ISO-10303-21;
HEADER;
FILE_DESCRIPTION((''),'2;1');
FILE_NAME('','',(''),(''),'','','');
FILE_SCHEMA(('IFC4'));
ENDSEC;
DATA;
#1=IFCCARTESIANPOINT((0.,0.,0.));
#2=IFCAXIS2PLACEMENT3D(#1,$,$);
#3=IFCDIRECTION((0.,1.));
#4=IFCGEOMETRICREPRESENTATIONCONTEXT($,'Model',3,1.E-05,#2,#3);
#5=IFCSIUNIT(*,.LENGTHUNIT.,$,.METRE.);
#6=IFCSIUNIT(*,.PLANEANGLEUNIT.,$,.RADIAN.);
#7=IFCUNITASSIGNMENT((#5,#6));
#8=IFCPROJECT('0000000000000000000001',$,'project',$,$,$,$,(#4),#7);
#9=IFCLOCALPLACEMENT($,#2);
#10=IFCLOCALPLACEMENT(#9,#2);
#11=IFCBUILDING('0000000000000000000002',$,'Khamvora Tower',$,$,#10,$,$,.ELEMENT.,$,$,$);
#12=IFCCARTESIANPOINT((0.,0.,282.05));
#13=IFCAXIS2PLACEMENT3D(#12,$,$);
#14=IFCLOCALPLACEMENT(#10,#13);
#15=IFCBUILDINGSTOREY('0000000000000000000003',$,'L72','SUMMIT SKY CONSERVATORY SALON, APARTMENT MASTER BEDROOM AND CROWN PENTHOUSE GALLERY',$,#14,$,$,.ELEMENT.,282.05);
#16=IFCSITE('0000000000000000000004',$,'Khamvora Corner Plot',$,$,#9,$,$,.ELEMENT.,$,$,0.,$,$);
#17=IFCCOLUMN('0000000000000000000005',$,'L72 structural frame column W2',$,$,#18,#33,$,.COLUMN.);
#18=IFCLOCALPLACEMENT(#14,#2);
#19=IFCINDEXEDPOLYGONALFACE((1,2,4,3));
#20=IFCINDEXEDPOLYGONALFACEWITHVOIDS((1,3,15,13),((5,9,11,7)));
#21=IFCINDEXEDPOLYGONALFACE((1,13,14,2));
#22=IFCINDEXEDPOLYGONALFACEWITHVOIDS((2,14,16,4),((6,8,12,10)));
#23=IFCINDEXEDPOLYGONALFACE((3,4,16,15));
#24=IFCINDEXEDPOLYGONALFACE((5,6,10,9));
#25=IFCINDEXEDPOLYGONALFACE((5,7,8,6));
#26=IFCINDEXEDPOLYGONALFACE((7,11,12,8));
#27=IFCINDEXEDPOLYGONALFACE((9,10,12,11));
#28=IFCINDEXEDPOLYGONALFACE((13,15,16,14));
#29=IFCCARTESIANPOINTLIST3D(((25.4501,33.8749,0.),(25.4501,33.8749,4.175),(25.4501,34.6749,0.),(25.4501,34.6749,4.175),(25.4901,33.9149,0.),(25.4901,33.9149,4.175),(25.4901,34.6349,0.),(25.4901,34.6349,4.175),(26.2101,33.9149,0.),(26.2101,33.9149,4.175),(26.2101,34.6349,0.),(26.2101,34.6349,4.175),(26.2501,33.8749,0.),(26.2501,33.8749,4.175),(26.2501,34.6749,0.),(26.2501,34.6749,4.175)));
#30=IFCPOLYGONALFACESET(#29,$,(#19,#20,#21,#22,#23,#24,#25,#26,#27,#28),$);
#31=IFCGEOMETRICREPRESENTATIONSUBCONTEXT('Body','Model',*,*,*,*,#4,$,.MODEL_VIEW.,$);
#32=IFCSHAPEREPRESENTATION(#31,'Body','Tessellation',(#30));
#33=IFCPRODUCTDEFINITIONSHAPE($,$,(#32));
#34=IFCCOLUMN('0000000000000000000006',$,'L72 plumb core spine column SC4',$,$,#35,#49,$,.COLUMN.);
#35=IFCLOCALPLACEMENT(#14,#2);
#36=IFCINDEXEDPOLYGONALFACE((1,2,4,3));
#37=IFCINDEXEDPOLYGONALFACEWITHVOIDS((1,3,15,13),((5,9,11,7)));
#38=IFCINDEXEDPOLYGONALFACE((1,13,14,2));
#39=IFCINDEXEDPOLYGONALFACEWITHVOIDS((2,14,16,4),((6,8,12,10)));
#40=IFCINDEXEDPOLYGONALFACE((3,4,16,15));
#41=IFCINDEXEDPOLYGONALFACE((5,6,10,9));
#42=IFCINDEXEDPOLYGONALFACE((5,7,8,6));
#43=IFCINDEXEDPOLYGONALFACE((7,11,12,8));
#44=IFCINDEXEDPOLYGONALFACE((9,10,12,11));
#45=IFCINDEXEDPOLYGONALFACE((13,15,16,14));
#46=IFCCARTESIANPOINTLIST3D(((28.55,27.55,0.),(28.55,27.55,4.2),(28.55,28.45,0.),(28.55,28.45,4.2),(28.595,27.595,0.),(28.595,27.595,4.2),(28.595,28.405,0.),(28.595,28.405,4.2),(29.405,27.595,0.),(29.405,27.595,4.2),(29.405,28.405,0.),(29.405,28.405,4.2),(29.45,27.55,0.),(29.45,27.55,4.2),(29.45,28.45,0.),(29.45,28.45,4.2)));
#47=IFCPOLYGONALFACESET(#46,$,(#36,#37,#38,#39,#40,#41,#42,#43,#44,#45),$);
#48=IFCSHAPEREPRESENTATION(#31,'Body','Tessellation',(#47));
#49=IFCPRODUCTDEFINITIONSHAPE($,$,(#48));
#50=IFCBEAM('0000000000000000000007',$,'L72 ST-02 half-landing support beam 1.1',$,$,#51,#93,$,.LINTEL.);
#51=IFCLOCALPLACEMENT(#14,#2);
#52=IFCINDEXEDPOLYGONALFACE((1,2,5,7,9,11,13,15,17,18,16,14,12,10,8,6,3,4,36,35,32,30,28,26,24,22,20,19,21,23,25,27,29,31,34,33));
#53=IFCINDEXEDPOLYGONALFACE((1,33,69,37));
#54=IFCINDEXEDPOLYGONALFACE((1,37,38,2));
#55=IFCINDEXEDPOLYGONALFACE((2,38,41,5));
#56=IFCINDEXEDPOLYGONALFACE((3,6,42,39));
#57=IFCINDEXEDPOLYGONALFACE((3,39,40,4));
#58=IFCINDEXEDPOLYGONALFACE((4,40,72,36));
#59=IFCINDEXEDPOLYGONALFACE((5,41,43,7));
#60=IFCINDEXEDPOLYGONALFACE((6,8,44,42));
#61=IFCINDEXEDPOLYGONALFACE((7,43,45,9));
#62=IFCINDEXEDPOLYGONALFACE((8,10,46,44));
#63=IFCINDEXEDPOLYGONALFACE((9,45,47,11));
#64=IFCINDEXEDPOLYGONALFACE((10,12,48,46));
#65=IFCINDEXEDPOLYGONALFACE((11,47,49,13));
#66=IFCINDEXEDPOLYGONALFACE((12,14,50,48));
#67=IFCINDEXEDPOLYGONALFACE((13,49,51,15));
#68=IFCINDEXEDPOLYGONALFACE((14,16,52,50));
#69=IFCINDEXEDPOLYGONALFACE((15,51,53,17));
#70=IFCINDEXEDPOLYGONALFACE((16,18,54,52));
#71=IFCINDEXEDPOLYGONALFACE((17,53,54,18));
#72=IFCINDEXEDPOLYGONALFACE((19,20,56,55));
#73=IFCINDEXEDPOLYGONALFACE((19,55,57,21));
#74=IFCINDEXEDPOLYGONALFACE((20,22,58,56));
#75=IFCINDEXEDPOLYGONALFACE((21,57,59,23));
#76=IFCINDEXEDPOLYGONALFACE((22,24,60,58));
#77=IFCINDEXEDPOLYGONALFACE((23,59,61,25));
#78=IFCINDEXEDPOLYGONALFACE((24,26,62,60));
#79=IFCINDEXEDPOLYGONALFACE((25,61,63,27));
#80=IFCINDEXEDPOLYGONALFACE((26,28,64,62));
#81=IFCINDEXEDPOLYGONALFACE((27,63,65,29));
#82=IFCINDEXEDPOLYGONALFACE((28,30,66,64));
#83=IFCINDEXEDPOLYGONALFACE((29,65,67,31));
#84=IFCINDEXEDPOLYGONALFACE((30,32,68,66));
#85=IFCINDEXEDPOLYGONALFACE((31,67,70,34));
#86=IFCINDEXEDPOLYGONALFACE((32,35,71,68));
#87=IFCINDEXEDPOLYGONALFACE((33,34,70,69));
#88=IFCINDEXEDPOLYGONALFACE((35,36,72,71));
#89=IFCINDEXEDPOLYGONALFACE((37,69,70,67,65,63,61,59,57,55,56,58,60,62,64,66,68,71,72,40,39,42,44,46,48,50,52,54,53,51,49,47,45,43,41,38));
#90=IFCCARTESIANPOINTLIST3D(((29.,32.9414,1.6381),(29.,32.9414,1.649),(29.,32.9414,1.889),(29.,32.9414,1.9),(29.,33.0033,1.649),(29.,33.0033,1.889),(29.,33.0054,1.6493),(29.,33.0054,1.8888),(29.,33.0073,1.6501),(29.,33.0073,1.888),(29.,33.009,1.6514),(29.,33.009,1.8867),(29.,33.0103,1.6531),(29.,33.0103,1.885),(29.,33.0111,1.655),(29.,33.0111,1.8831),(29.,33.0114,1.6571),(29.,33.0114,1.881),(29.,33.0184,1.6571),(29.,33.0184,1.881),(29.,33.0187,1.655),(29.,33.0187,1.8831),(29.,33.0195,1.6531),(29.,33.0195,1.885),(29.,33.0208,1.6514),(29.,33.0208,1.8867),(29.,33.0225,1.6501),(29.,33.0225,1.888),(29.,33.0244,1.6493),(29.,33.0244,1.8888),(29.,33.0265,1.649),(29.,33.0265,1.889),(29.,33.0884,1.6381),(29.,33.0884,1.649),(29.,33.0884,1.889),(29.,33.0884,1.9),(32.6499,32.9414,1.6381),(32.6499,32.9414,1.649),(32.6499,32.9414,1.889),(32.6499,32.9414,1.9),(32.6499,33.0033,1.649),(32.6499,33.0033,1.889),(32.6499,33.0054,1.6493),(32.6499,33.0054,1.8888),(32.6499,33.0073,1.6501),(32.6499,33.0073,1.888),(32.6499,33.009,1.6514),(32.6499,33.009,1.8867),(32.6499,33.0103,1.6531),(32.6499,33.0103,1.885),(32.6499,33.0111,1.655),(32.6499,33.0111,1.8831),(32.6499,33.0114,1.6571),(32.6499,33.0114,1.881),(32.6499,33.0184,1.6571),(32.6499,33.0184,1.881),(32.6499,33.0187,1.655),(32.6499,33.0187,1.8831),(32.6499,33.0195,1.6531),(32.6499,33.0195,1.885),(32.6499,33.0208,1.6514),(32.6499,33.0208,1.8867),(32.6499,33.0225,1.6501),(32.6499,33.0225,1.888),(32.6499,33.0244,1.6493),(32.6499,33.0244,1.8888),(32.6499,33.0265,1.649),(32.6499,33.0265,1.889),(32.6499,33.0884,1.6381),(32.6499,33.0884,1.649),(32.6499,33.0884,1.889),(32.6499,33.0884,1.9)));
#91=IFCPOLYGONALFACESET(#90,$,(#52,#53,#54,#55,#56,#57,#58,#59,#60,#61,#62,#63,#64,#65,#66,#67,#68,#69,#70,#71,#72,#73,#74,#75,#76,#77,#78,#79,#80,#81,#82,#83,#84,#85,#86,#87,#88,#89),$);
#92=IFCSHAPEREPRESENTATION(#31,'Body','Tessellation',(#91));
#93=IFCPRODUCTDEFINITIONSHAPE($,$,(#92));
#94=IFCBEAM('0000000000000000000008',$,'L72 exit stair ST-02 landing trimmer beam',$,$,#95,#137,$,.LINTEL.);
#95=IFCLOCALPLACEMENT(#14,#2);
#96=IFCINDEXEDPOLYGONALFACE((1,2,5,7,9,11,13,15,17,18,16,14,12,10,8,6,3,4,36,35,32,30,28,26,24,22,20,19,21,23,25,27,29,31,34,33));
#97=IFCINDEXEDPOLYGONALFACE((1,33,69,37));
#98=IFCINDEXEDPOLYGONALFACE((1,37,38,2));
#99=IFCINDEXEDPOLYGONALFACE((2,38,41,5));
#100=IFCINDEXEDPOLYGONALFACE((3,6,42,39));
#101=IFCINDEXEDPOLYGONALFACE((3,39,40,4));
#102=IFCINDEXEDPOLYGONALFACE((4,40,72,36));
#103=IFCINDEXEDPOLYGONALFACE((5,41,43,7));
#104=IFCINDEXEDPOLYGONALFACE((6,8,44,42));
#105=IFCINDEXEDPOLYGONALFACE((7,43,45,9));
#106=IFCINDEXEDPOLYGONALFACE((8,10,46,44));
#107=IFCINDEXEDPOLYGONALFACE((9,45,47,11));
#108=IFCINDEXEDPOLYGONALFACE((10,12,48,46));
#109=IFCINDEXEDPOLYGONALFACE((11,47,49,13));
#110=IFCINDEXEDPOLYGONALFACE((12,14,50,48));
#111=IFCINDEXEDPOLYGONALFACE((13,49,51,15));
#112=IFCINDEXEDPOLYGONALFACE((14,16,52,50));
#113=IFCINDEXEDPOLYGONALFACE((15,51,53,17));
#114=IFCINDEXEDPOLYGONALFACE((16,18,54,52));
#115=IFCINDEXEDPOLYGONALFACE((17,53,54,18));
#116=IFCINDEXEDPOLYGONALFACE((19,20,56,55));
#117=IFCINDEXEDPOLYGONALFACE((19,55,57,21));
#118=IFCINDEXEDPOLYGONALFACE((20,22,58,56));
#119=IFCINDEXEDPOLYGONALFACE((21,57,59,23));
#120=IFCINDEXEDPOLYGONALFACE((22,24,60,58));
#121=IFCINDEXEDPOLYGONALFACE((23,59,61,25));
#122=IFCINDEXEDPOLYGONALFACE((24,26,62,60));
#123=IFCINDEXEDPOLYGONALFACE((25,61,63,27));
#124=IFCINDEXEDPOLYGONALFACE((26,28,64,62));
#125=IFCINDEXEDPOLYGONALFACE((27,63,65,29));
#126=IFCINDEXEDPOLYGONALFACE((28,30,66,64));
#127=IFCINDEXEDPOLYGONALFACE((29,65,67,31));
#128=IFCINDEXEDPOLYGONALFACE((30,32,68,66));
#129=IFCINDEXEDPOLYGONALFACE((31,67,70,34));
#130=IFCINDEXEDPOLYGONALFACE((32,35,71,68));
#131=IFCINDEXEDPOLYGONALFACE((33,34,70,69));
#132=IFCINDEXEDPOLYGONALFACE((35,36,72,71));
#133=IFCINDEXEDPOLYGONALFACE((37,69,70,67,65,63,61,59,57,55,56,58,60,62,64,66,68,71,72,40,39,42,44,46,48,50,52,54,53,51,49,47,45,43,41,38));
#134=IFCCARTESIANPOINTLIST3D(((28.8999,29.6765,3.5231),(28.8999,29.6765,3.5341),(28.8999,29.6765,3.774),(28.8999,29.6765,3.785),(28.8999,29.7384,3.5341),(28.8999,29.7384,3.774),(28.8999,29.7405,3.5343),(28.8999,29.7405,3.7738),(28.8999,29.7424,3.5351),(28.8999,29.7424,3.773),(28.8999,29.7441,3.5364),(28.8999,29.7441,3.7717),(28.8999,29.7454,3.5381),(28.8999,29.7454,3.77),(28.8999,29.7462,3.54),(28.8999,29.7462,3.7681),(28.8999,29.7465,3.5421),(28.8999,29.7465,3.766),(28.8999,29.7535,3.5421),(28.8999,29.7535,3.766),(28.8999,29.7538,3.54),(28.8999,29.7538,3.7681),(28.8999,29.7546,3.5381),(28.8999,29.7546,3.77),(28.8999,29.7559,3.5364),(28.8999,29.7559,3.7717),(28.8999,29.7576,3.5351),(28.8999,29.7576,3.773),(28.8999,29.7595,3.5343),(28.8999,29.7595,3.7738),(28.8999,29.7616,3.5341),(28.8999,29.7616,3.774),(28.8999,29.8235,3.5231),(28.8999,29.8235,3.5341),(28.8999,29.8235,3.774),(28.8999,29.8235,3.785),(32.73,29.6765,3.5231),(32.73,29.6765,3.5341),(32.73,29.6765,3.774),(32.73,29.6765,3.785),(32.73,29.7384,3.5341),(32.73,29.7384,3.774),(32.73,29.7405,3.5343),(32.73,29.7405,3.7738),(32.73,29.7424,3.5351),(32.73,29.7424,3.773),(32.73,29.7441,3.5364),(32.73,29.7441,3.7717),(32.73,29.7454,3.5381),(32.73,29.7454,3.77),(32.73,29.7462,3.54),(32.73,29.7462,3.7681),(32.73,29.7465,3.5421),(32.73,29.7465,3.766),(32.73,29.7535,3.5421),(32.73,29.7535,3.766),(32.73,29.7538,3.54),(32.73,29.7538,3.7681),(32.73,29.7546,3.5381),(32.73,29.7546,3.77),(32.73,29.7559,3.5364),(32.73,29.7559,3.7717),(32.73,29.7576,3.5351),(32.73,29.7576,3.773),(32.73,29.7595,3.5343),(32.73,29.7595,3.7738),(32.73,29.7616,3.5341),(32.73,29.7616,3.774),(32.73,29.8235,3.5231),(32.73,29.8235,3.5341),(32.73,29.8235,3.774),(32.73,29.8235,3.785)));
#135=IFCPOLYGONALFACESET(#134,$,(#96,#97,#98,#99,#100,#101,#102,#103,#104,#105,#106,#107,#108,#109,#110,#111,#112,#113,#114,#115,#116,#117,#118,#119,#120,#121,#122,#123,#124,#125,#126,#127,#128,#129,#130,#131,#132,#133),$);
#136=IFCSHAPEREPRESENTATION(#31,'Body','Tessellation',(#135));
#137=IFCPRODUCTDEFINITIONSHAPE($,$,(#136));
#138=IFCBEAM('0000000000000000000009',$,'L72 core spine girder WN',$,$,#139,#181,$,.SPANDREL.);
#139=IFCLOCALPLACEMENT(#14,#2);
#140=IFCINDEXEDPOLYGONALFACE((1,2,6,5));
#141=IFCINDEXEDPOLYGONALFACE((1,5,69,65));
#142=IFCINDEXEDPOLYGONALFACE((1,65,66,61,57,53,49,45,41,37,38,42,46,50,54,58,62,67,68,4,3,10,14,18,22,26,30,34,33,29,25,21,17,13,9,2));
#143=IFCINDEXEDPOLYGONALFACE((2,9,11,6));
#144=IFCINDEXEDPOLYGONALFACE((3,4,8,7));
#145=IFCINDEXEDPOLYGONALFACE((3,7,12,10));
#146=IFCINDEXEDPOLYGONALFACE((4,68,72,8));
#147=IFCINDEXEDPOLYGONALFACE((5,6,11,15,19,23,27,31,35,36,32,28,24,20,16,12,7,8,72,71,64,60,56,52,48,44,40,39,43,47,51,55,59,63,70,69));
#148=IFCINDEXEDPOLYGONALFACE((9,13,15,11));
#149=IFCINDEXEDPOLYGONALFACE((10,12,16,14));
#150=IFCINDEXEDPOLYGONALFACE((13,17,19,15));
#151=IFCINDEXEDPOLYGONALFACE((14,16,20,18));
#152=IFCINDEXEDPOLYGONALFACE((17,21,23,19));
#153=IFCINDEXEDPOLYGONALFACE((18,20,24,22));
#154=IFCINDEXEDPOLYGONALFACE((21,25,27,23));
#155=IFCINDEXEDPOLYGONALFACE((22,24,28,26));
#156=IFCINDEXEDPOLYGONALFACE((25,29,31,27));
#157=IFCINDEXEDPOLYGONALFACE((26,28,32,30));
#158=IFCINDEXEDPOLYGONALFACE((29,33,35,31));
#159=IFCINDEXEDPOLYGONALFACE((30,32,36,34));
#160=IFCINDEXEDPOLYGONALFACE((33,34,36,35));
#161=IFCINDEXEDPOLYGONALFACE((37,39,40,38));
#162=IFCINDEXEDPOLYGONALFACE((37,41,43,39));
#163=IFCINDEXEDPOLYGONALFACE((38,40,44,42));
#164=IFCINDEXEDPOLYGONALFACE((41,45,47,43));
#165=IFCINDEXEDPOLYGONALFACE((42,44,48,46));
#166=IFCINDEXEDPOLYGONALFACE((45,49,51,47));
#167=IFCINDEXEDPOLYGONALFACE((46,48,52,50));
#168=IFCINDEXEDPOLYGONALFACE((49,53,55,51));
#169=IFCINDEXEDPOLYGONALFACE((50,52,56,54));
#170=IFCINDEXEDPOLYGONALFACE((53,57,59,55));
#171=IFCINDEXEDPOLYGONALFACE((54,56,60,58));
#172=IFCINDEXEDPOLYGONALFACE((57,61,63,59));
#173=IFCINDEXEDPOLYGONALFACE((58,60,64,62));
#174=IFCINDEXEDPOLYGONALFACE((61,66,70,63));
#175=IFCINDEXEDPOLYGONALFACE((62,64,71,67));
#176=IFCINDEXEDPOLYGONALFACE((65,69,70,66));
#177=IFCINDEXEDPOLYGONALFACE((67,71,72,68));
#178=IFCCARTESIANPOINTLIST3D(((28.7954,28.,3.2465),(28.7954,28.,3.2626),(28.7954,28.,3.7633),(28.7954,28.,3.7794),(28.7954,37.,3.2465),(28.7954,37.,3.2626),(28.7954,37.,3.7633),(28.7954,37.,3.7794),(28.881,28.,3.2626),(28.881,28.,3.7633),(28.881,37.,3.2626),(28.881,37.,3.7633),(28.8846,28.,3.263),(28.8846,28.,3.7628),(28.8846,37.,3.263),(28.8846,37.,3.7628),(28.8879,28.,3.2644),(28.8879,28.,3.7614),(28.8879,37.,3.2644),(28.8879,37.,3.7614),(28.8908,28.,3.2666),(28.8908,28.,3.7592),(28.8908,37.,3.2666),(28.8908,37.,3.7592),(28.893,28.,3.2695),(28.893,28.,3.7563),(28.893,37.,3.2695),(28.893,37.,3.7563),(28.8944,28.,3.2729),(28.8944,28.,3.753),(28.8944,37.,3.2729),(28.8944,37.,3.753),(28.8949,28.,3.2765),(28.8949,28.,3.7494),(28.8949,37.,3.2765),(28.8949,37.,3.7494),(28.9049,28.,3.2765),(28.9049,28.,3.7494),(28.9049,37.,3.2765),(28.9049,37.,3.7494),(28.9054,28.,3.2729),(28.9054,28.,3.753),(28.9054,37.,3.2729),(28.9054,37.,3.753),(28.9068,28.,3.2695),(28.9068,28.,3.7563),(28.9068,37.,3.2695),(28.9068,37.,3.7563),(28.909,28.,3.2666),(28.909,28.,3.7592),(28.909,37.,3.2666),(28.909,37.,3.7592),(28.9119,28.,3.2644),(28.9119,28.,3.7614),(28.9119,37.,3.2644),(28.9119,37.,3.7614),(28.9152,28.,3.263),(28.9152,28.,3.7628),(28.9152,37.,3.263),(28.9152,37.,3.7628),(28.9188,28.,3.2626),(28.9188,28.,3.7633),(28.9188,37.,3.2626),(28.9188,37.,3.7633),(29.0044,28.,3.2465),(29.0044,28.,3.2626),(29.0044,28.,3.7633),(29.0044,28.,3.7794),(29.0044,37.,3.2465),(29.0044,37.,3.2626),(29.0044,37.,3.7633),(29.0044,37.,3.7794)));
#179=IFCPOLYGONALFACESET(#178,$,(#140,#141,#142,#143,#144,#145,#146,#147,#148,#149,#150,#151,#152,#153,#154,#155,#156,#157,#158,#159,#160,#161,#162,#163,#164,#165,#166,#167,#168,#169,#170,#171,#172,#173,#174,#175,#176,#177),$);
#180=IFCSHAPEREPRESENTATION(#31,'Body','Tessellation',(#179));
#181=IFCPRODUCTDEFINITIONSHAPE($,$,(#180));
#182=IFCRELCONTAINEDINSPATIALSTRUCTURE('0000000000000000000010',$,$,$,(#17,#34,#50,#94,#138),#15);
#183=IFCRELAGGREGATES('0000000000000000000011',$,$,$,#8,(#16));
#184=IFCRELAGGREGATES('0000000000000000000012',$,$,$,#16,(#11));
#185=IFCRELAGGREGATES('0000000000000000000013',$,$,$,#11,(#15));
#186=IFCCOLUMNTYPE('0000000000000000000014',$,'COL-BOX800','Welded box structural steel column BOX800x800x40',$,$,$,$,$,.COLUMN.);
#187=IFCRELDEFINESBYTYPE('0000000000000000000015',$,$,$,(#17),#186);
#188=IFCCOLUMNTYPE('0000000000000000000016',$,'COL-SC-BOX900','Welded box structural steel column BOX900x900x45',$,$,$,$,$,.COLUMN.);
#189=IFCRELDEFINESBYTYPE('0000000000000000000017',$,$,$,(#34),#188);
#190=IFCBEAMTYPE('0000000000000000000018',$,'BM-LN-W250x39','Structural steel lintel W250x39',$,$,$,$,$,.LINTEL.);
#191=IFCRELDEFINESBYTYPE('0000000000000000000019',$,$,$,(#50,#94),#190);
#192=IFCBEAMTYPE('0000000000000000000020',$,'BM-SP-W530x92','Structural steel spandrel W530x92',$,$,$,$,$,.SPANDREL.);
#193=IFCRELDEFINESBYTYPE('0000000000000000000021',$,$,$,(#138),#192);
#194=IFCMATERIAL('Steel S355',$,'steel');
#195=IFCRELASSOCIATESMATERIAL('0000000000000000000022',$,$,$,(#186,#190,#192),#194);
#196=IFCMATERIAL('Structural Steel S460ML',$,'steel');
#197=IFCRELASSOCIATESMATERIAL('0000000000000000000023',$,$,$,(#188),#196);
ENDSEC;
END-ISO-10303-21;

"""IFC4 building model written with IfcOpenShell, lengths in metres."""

from ifc_helpers import new_model, si_unit, direction, frame, origin, origin_2d, place, context, subcontext, project, spatial, hollow_rectangle, i_section, extrude, material, material_profile, profile_set, type_object, element, save


model = new_model("IFC4")

# Units and contexts
model_context = context("Model", 3, precision=1e-05, world=origin(), true_north=direction((0.0, 1.0)))
body_context = subcontext(model_context, "Body", "Model", "MODEL_VIEW")
ifc_project = project(units=[si_unit("LENGTHUNIT", "METRE"), si_unit("PLANEANGLEUNIT", "RADIAN")], contexts=[model_context])

# Site, building, storey
site_placement = place(None, origin())
site = spatial("IfcSite", under=ifc_project, at=site_placement, Name="Khamvora Corner Plot", CompositionType="ELEMENT", RefElevation=0.0)
building_placement = place(site_placement, origin())
building = spatial("IfcBuilding", under=site, at=building_placement, Name="Khamvora Tower", CompositionType="ELEMENT")
storey_placement = place(building_placement, frame((0.0, 0.0, 282.05)))
storey = spatial("IfcBuildingStorey", under=building, at=storey_placement, Name="L72", Description="SUMMIT SKY CONSERVATORY SALON, APARTMENT MASTER BEDROOM AND CROWN PENTHOUSE GALLERY", CompositionType="ELEMENT", Elevation=282.05)

# Columns
ifc_material_1 = material(Name="Steel S355", Category="steel")
ifc_material_profile_1 = material_profile(ifc_material_1, hollow_rectangle(XDim=0.8, YDim=0.8, WallThickness=0.04, at=origin_2d()), Name="BOX800x800x40")
ifc_profile_set_1 = profile_set([ifc_material_profile_1], Name="Steel S355")
column_type_1 = type_object("IfcColumnType", Name="COL-BOX800", Description="Welded box structural steel column BOX800x800x40", PredefinedType="COLUMN", material=ifc_profile_set_1)
column_1_placement = place(storey_placement, frame((25.8501, 34.2749, 0.0), z_axis=(0.0, 0.0, 1.0), x_axis=(1.0, 0.0, 0.0)))
element("IfcColumn", 1, at=column_1_placement, inside=storey, type_object=column_type_1, Name="L72 structural frame column W2", PredefinedType="COLUMN", context=body_context, shape_type="SweptSolid", body=[
    extrude(hollow_rectangle(XDim=0.8, YDim=0.8, WallThickness=0.04, at=origin_2d()), origin(), (0.0, 0.0, 1.0), 4.175),
])
ifc_material_2 = material(Name="Structural Steel S460ML", Category="steel")
ifc_material_profile_2 = material_profile(ifc_material_2, hollow_rectangle(XDim=0.8999, YDim=0.8999, WallThickness=0.0449, at=origin_2d()), Name="BOX900x900x45")
ifc_profile_set_2 = profile_set([ifc_material_profile_2], Name="Structural Steel S460ML")
column_type_2 = type_object("IfcColumnType", Name="COL-SC-BOX900", Description="Welded box structural steel column BOX900x900x45", PredefinedType="COLUMN", material=ifc_profile_set_2)
column_2_placement = place(storey_placement, frame((29.0, 28.0, 0.0), z_axis=(0.0, 0.0, 1.0), x_axis=(1.0, 0.0, 0.0)))
element("IfcColumn", 2, at=column_2_placement, inside=storey, type_object=column_type_2, Name="L72 plumb core spine column SC4", PredefinedType="COLUMN", context=body_context, shape_type="SweptSolid", body=[
    extrude(hollow_rectangle(XDim=0.8999, YDim=0.8999, WallThickness=0.0449, at=origin_2d()), origin(), (0.0, 0.0, 1.0), 4.2),
])

# Beams
ifc_material_profile_3 = material_profile(ifc_material_1, i_section(OverallWidth=0.147, OverallDepth=0.262, WebThickness=0.0071, FlangeThickness=0.011, FilletRadius=0.0081, at=origin_2d()), Name="W250x39")
ifc_profile_set_3 = profile_set([ifc_material_profile_3], Name="Steel S355")
beam_type_1 = type_object("IfcBeamType", Name="BM-LN-W250x39", Description="Structural steel lintel W250x39", PredefinedType="LINTEL", material=ifc_profile_set_3)
beam_1_placement = place(storey_placement, frame((29.0, 33.0149, 1.769), z_axis=(1.0, 0.0, 0.0), x_axis=(0.0, 1.0, 0.0)))
element("IfcBeam", 3, at=beam_1_placement, inside=storey, type_object=beam_type_1, Name="L72 ST-02 half-landing support beam 1.1", PredefinedType="LINTEL", context=body_context, shape_type="SweptSolid", body=[
    extrude(i_section(OverallWidth=0.147, OverallDepth=0.262, WebThickness=0.0071, FlangeThickness=0.011, FilletRadius=0.0081, at=origin_2d()), origin(), (0.0, 0.0, 1.0), 3.6499),
])
beam_2_placement = place(storey_placement, frame((28.8999, 29.75, 3.6541), z_axis=(1.0, 0.0, 0.0), x_axis=(0.0, 1.0, 0.0)))
element("IfcBeam", 4, at=beam_2_placement, inside=storey, type_object=beam_type_1, Name="L72 exit stair ST-02 landing trimmer beam", PredefinedType="LINTEL", context=body_context, shape_type="SweptSolid", body=[
    extrude(i_section(OverallWidth=0.147, OverallDepth=0.262, WebThickness=0.0071, FlangeThickness=0.011, FilletRadius=0.0081, at=origin_2d()), origin(), (0.0, 0.0, 1.0), 3.8301),
])
ifc_material_profile_4 = material_profile(ifc_material_1, i_section(OverallWidth=0.209, OverallDepth=0.533, WebThickness=0.01, FlangeThickness=0.0161, FilletRadius=0.0139, at=origin_2d()), Name="W530x92")
ifc_profile_set_4 = profile_set([ifc_material_profile_4], Name="Steel S355")
beam_type_2 = type_object("IfcBeamType", Name="BM-SP-W530x92", Description="Structural steel spandrel W530x92", PredefinedType="SPANDREL", material=ifc_profile_set_4)
beam_3_placement = place(storey_placement, frame((28.8999, 28.0, 3.5129), z_axis=(0.0, 1.0, 0.0), x_axis=(-1.0, 0.0, 0.0)))
element("IfcBeam", 5, at=beam_3_placement, inside=storey, type_object=beam_type_2, Name="L72 core spine girder WN", PredefinedType="SPANDREL", context=body_context, shape_type="SweptSolid", body=[
    extrude(i_section(OverallWidth=0.209, OverallDepth=0.533, WebThickness=0.01, FlangeThickness=0.0161, FilletRadius=0.0139, at=origin_2d()), origin(), (0.0, 0.0, 1.0), 9.0),
])

save(model, "model.ifc")
